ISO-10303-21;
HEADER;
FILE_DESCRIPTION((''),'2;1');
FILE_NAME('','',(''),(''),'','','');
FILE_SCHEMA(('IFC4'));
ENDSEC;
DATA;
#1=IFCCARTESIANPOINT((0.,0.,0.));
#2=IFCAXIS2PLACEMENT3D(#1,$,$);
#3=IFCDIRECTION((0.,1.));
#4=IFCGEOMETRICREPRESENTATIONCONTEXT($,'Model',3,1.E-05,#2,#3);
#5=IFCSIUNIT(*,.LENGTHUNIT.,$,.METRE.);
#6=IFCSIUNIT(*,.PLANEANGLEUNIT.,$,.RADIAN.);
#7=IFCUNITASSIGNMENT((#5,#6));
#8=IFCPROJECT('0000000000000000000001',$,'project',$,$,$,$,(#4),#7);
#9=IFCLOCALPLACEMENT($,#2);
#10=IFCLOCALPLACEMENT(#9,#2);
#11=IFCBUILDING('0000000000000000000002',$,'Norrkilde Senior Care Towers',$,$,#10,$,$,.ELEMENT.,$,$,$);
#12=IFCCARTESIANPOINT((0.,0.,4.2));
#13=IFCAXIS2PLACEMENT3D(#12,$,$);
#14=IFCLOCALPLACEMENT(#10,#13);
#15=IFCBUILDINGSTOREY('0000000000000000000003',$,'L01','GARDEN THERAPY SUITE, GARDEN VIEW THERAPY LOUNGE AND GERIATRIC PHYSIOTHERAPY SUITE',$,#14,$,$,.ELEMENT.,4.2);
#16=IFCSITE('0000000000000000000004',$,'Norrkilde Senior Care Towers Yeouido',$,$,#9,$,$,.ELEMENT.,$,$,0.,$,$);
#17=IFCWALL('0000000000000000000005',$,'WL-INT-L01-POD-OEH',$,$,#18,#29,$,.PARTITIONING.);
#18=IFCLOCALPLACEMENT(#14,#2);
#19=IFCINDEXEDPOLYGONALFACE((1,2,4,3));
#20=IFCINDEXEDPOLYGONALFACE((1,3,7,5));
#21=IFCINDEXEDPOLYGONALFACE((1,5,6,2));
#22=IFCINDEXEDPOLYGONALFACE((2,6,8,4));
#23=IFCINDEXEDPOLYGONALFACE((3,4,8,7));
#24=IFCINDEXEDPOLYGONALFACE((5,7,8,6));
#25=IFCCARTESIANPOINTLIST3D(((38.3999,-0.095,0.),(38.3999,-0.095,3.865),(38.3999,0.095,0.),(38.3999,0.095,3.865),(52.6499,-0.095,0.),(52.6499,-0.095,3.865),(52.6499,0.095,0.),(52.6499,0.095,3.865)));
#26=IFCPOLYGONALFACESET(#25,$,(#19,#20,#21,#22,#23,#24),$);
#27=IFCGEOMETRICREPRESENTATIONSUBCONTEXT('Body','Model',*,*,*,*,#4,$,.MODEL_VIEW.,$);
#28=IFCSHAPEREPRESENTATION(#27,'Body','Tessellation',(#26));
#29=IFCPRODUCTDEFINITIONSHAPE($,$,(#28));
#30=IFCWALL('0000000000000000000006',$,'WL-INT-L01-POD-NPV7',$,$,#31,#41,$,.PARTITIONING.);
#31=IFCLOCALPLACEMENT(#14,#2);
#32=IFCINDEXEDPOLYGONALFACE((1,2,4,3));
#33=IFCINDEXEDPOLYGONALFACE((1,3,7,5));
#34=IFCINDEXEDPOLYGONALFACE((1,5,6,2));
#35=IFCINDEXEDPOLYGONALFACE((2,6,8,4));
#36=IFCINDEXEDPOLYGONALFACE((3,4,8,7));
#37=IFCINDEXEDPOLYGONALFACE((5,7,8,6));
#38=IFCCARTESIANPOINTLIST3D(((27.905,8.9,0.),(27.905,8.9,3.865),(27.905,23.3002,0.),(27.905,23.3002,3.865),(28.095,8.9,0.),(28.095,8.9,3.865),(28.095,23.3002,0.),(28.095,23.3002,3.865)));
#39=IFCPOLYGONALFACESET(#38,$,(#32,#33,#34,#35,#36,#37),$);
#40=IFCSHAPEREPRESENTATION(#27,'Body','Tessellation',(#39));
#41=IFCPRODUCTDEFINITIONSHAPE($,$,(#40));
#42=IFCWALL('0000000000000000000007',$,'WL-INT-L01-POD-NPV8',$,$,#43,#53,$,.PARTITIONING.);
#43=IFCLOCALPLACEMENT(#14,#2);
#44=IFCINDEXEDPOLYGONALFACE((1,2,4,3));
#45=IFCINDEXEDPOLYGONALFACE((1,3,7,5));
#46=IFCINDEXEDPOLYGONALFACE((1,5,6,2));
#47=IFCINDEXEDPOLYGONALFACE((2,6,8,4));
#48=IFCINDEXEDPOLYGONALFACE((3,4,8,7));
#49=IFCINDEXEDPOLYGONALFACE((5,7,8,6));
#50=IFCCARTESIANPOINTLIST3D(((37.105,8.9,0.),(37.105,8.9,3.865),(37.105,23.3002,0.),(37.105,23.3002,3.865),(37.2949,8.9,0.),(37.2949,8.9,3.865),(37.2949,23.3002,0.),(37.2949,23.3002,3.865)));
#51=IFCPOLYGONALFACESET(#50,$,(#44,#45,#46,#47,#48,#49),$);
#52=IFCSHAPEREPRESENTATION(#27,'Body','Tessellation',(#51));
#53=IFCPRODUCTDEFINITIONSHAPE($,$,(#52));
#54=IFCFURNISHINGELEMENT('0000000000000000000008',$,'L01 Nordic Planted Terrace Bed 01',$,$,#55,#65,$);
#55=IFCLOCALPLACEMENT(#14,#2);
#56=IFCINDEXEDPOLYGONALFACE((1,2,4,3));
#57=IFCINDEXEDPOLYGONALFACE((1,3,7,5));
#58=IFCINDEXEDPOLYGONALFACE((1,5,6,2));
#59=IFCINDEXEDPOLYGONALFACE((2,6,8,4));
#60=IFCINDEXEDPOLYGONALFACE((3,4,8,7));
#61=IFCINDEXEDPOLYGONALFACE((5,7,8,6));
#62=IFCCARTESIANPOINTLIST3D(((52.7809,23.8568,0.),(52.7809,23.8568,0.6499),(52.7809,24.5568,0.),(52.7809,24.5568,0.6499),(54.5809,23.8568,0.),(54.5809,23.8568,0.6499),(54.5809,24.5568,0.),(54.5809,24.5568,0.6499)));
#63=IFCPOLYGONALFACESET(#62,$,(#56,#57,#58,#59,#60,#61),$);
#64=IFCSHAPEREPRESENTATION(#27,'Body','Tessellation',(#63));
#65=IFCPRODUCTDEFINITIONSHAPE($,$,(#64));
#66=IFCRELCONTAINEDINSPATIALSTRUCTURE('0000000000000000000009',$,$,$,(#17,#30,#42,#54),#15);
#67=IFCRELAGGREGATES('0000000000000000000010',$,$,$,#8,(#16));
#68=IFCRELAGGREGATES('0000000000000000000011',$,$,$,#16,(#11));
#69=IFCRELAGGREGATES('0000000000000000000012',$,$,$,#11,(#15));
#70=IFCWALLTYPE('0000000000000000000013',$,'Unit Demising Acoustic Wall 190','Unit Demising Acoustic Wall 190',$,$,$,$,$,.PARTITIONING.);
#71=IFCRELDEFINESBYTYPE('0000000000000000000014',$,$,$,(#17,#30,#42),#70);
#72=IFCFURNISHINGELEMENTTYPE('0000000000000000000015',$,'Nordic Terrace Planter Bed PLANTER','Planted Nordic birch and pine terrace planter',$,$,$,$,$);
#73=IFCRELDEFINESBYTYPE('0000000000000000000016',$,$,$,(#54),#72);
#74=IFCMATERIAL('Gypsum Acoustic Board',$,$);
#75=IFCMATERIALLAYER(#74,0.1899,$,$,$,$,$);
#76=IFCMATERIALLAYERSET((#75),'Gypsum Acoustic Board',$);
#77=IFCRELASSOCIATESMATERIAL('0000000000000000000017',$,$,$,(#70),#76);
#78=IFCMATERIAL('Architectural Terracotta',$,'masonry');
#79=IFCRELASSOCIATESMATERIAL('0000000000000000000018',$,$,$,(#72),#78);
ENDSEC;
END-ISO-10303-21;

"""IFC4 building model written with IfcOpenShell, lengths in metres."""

from ifc_helpers import new_model, si_unit, direction, frame, frame_2d, origin, origin_2d, place, context, subcontext, project, spatial, rectangle, extrude, source, transform, mapped, material, layer, layer_set, type_object, type_shapes, element, save


model = new_model("IFC4")

# Units and contexts
model_context = context("Model", 3, precision=1e-05, world=origin(), true_north=direction((0.0, 1.0)))
body_context = subcontext(model_context, "Body", "Model", "MODEL_VIEW")
ifc_project = project(units=[si_unit("LENGTHUNIT", "METRE"), si_unit("PLANEANGLEUNIT", "RADIAN")], contexts=[model_context])

# Site, building, storey
site_placement = place(None, origin())
site = spatial("IfcSite", under=ifc_project, at=site_placement, Name="Norrkilde Senior Care Towers Yeouido", CompositionType="ELEMENT", RefElevation=0.0)
building_placement = place(site_placement, origin())
building = spatial("IfcBuilding", under=site, at=building_placement, Name="Norrkilde Senior Care Towers", CompositionType="ELEMENT")
storey_placement = place(building_placement, frame((0.0, 0.0, 4.2)))
storey = spatial("IfcBuildingStorey", under=building, at=storey_placement, Name="L01", Description="GARDEN THERAPY SUITE, GARDEN VIEW THERAPY LOUNGE AND GERIATRIC PHYSIOTHERAPY SUITE", CompositionType="ELEMENT", Elevation=4.2)

# Walls
ifc_material_1 = material(Name="Gypsum Acoustic Board")
ifc_layer_1 = layer(ifc_material_1, 0.1899)
ifc_layer_set_1 = layer_set([ifc_layer_1], Name="Gypsum Acoustic Board")
wall_type_1 = type_object("IfcWallType", Name="Unit Demising Acoustic Wall 190", Description="Unit Demising Acoustic Wall 190", PredefinedType="PARTITIONING", material=ifc_layer_set_1)
shared_shape_1 = source(origin(), body_context, "Body", "SweptSolid", [
    extrude(rectangle(XDim=14.25, YDim=0.1899, at=frame_2d((7.125, 0.0))), origin(), (0.0, 0.0, 1.0), 3.865),
])
wall_1_placement = place(storey_placement, frame((38.3999, 0.0, 0.0), z_axis=(0.0, 0.0, 1.0), x_axis=(1.0, 0.0, 0.0)))
element("IfcWall", 1, at=wall_1_placement, inside=storey, type_object=wall_type_1, Name="WL-INT-L01-POD-OEH", PredefinedType="PARTITIONING", context=body_context, shape_type="MappedRepresentation", body=[
    mapped(shared_shape_1, transform((0.0, 0.0, 0.0), x_axis=(1.0, 0.0, 0.0), y_axis=(0.0, 1.0, 0.0), z_axis=(0.0, 0.0, 1.0), scale=1.0)),
])
shared_shape_2 = source(origin(), body_context, "Body", "SweptSolid", [
    extrude(rectangle(XDim=14.4001, YDim=0.1899, at=frame_2d((7.2002, 0.0))), origin(), (0.0, 0.0, 1.0), 3.865),
])
type_shapes(wall_type_1, [shared_shape_1, shared_shape_2])
for number, where, z_axis, x_axis, name in (
    (2, (28.0, 8.8999, 0.0), (0.0, 0.0, 1.0), (0.0, 1.0, 0.0), "WL-INT-L01-POD-NPV7"),
    (3, (37.2, 8.8999, 0.0), (0.0, 0.0, 1.0), (0.0, 1.0, 0.0), "WL-INT-L01-POD-NPV8"),
):
    element("IfcWall", number, at=place(storey_placement, frame(where, z_axis=z_axis, x_axis=x_axis)), inside=storey, type_object=wall_type_1, Name=name, PredefinedType="PARTITIONING", context=body_context, shape_type="MappedRepresentation", body=[
        mapped(shared_shape_2, transform((0.0, 0.0, 0.0), x_axis=(1.0, 0.0, 0.0), y_axis=(0.0, 1.0, 0.0), z_axis=(0.0, 0.0, 1.0), scale=1.0)),
    ])

# Furnishing element
ifc_material_2 = material(Name="Architectural Terracotta", Category="masonry")
furnishing_element_type = type_object("IfcFurnishingElementType", Name="Nordic Terrace Planter Bed PLANTER", Description="Planted Nordic birch and pine terrace planter", material=ifc_material_2)
shared_shape_3 = source(origin(), body_context, "Body", "SweptSolid", [
    extrude(rectangle(XDim=1.8, YDim=0.7, at=origin_2d()), origin(), (0.0, 0.0, 1.0), 0.6499),
])
type_shapes(furnishing_element_type, [shared_shape_3])
furnishing_placement = place(storey_placement, frame((53.6809, 24.2068, 0.0), z_axis=(0.0, 0.0, 1.0), x_axis=(1.0, 0.0, 0.0)))
element("IfcFurnishingElement", 4, at=furnishing_placement, inside=storey, type_object=furnishing_element_type, Name="L01 Nordic Planted Terrace Bed 01", context=body_context, shape_type="MappedRepresentation", body=[
    mapped(shared_shape_3, transform((0.0, 0.0, 0.0), x_axis=(1.0, 0.0, 0.0), y_axis=(0.0, 1.0, 0.0), z_axis=(0.0, 0.0, 1.0), scale=1.0)),
])

save(model, "model.ifc")
